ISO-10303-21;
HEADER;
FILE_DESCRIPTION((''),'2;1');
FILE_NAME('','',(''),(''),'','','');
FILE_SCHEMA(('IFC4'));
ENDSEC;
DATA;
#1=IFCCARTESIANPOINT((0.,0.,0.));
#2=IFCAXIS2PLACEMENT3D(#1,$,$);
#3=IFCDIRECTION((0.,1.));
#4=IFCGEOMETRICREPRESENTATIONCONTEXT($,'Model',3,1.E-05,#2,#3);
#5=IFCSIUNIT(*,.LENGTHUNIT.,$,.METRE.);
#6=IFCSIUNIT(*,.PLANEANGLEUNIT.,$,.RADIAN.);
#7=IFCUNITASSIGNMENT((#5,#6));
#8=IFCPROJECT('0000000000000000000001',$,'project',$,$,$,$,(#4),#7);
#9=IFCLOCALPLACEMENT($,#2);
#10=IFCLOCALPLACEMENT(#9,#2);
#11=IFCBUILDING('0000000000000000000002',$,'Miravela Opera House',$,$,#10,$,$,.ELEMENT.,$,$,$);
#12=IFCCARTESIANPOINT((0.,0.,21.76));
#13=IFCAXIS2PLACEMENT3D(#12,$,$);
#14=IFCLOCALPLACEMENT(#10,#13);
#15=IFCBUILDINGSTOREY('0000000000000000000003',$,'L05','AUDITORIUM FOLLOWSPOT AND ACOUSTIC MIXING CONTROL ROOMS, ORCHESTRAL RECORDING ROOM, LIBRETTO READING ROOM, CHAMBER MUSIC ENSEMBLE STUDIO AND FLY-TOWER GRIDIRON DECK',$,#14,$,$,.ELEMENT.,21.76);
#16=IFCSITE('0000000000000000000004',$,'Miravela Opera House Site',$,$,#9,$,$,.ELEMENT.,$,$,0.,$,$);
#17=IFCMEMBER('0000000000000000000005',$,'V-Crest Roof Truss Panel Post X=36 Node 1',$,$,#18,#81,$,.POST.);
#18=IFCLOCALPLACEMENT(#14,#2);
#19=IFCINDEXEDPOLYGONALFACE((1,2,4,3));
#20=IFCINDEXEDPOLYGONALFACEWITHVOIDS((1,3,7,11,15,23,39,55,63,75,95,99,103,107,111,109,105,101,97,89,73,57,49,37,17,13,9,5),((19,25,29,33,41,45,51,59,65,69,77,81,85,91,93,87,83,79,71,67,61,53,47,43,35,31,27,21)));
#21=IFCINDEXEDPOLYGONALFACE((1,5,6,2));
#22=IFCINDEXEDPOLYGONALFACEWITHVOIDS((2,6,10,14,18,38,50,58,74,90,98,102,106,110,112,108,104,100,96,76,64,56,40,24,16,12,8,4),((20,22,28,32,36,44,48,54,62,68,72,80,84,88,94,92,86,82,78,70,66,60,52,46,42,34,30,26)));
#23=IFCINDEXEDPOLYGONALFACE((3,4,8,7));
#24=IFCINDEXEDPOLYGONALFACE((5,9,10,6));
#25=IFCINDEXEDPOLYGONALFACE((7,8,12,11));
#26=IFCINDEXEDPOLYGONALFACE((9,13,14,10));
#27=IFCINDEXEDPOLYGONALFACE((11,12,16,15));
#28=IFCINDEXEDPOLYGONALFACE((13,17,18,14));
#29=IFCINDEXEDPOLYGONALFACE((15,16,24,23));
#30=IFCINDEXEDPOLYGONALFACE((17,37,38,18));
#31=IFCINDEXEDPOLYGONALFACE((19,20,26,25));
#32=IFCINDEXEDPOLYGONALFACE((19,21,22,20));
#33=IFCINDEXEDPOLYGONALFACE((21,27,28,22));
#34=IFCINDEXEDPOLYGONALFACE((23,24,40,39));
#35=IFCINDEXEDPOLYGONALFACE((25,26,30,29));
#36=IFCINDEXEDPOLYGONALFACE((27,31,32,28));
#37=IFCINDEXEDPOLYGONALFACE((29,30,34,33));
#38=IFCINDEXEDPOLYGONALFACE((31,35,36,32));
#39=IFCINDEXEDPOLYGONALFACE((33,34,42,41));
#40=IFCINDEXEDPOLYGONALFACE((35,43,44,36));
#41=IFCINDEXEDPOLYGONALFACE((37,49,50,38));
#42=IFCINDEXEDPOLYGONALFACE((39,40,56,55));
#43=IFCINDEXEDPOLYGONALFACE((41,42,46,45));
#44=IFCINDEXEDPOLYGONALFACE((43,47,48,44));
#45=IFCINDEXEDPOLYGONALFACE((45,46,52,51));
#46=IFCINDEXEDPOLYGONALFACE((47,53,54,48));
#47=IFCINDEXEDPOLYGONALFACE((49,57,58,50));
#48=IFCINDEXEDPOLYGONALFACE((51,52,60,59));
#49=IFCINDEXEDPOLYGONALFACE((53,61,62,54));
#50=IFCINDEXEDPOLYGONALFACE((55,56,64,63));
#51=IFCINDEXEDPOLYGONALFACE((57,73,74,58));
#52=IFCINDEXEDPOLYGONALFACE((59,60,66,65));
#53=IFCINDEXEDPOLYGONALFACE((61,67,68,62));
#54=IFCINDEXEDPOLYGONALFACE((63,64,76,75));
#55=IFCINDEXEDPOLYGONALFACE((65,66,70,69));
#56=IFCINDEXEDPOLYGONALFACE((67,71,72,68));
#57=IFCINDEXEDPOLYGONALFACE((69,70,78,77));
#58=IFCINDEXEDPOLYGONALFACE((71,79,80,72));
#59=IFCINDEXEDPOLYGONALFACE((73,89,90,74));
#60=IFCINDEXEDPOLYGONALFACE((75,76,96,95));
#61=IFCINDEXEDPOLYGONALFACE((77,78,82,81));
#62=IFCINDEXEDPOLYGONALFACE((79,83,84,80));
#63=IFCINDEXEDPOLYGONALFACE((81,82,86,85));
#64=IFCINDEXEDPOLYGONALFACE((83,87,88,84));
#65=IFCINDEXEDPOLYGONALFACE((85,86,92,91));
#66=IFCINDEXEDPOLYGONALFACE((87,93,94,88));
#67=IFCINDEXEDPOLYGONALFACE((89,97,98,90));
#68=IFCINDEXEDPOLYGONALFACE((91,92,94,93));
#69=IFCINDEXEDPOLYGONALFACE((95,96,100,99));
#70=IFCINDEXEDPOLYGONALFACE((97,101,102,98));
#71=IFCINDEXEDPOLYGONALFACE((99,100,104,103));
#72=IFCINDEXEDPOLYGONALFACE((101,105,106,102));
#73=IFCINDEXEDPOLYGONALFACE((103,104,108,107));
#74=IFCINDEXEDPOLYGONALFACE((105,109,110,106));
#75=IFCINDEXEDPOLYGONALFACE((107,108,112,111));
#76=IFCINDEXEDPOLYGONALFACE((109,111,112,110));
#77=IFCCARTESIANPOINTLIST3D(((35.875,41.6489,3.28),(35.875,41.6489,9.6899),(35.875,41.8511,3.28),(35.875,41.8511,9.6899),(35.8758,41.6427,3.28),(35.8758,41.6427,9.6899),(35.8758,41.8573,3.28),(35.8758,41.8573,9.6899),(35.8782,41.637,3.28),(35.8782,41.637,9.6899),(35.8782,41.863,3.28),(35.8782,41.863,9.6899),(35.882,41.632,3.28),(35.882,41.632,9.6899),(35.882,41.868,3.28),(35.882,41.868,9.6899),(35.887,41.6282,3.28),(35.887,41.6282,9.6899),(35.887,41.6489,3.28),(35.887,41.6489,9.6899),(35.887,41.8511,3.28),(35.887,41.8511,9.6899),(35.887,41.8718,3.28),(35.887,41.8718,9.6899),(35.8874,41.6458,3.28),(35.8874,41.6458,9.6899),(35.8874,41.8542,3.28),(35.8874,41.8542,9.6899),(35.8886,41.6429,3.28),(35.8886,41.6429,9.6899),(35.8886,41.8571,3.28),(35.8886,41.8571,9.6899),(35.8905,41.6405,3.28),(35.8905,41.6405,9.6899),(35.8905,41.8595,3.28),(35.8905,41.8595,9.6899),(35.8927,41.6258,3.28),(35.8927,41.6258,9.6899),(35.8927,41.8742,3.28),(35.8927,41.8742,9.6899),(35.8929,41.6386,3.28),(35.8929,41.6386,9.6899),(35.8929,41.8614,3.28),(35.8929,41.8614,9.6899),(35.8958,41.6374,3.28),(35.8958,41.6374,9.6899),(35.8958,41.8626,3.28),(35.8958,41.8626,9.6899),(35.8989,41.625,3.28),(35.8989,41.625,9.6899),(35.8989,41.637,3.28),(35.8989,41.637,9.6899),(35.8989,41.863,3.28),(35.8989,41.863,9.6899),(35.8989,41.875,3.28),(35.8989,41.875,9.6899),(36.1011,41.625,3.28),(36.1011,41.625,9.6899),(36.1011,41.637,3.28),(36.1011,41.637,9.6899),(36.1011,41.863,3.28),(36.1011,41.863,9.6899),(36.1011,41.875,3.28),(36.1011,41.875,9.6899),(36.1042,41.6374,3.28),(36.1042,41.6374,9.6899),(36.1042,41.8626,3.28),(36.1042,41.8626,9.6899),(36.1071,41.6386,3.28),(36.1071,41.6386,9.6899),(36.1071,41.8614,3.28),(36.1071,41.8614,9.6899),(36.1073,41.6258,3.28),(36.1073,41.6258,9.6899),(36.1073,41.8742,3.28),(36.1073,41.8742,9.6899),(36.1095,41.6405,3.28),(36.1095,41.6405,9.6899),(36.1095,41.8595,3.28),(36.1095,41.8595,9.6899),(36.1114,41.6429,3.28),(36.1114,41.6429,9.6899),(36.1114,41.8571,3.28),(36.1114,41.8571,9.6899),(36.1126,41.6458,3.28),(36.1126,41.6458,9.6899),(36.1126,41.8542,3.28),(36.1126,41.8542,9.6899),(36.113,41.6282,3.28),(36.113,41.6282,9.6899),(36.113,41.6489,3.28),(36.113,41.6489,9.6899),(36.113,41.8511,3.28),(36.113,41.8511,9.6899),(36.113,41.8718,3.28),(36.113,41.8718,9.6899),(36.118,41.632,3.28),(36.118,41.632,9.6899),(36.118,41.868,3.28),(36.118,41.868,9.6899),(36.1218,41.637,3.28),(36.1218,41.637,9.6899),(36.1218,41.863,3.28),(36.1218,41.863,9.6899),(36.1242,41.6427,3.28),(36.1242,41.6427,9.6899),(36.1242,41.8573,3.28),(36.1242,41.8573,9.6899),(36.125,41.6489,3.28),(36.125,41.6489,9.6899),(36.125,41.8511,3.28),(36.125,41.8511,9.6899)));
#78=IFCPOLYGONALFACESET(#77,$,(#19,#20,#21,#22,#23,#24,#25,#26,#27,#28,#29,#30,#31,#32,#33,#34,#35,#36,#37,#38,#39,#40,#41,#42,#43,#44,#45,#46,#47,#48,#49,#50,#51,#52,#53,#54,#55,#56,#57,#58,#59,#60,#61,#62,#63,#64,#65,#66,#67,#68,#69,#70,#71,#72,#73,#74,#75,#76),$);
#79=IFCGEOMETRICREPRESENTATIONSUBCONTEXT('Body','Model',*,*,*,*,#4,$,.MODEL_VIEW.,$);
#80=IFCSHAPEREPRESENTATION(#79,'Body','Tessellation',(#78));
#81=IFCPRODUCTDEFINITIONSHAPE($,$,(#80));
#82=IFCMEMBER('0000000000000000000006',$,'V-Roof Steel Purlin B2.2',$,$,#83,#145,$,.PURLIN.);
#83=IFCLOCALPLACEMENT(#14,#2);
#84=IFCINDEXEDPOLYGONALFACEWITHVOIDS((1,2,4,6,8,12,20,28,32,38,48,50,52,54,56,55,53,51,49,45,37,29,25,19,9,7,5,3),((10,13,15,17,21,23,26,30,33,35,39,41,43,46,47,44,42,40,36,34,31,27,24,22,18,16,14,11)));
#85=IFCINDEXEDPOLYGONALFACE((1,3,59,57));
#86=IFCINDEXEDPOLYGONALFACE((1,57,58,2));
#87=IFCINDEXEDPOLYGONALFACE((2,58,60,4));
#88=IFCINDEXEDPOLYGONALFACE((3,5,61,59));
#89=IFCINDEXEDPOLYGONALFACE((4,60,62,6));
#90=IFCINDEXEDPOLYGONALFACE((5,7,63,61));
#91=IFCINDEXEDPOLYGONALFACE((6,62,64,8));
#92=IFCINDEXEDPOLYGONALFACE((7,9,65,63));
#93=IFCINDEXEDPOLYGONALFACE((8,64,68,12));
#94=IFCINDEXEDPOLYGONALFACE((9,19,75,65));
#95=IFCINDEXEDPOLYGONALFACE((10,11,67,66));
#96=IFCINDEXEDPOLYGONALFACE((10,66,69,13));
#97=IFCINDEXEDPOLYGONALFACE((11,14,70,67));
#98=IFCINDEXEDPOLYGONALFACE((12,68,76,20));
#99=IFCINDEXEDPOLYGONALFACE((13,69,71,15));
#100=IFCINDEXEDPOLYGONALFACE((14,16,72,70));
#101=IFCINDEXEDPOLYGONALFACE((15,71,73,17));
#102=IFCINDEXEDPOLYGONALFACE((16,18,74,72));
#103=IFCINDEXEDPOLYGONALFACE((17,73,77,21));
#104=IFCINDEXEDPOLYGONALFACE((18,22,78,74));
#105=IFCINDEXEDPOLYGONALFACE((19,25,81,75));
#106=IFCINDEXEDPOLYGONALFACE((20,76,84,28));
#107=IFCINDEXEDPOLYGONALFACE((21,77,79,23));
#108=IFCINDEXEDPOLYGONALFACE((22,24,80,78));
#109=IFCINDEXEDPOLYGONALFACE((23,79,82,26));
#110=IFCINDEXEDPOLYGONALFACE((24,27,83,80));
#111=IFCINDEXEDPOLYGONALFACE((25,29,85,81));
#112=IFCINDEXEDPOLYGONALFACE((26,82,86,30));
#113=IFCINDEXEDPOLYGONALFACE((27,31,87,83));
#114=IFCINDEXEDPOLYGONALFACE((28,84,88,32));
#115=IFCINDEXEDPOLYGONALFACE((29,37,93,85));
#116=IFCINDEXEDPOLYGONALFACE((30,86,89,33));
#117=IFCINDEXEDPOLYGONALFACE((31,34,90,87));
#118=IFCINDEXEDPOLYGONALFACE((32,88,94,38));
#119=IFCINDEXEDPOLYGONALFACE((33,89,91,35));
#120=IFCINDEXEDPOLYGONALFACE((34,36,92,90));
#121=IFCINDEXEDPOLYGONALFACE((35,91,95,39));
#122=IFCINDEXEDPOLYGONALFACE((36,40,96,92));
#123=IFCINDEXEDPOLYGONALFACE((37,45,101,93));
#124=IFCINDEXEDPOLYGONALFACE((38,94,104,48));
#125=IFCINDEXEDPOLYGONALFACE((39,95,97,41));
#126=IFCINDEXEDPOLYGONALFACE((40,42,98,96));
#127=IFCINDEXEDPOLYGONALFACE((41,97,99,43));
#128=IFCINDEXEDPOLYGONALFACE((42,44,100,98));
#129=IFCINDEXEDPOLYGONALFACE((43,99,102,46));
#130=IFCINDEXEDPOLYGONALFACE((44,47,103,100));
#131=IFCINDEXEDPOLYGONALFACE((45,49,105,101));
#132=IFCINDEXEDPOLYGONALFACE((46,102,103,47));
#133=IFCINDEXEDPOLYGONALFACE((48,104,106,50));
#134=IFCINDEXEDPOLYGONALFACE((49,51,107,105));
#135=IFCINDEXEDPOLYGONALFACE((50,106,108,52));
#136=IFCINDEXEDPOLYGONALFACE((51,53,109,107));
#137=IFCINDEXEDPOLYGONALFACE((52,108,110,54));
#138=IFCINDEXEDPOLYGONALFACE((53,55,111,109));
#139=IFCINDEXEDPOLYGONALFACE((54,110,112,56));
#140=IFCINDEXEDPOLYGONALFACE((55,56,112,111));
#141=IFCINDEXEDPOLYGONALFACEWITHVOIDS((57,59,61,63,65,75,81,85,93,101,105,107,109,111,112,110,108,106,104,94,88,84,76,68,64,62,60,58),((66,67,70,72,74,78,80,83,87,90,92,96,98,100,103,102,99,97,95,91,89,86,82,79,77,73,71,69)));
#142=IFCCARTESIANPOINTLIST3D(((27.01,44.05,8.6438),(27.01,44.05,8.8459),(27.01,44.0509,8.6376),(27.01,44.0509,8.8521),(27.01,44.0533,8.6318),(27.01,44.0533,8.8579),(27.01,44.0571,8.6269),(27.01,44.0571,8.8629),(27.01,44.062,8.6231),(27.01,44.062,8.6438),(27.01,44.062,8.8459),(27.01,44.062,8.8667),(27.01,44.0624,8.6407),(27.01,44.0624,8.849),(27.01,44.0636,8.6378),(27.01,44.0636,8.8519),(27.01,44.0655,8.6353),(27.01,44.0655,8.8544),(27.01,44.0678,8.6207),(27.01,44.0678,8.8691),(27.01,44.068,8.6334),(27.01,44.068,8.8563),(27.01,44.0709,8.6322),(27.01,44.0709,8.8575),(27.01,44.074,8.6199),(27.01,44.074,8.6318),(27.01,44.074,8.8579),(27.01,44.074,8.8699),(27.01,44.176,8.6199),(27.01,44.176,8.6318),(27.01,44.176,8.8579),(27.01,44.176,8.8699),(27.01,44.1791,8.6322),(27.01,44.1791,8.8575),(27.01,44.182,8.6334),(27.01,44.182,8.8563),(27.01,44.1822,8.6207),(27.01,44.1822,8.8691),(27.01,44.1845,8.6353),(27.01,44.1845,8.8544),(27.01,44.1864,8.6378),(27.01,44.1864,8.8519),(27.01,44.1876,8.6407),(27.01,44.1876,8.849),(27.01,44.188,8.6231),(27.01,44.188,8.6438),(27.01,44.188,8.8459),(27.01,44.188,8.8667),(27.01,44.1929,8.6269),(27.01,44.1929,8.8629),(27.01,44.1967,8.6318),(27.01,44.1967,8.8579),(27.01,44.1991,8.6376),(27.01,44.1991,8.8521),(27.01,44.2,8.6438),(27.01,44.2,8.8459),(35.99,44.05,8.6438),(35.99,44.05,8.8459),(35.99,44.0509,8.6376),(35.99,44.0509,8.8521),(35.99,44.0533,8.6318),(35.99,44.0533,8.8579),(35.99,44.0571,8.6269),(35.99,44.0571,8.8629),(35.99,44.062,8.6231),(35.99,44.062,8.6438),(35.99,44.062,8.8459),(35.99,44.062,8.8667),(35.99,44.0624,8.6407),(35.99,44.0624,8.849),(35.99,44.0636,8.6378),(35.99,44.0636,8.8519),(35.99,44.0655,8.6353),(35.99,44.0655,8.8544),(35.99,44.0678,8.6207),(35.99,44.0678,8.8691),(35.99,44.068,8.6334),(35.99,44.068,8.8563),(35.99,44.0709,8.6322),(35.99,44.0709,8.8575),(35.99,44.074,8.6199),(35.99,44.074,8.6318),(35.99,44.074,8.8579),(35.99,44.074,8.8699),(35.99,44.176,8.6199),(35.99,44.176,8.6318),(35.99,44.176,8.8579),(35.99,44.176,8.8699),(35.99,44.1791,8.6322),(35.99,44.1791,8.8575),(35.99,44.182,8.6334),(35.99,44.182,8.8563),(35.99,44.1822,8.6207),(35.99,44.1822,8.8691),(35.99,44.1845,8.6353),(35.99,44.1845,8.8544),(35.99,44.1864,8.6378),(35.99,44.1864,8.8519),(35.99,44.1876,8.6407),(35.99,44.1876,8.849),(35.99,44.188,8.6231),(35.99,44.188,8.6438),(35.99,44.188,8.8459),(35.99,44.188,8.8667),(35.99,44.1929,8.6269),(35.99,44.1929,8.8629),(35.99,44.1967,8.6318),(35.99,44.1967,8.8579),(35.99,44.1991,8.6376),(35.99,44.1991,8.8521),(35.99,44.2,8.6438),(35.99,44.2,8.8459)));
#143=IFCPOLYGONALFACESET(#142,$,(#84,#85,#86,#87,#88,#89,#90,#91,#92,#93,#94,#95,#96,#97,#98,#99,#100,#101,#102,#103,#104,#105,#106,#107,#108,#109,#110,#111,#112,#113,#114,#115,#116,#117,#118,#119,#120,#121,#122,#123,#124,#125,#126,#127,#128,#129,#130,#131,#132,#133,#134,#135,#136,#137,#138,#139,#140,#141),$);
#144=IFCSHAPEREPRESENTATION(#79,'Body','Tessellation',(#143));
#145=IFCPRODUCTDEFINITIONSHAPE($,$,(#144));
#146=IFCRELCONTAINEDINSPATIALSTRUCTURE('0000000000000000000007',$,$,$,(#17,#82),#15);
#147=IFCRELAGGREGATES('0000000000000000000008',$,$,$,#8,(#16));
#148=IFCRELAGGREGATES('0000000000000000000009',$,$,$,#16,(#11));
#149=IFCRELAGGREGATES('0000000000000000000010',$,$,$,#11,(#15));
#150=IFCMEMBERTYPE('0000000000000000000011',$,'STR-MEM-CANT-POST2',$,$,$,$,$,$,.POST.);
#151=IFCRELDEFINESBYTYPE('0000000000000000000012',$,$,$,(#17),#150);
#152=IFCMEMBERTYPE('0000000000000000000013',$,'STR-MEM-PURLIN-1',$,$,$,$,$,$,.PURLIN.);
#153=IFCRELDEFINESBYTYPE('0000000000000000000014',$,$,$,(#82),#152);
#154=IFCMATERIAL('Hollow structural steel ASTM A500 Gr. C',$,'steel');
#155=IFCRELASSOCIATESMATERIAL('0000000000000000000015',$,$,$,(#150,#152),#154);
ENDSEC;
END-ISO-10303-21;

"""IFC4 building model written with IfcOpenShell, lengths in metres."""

from ifc_helpers import new_model, si_unit, direction, frame, origin, origin_2d, place, context, subcontext, project, spatial, hollow_rectangle, extrude, material, material_profile, profile_set, type_object, element, save


model = new_model("IFC4")

# Units and contexts
model_context = context("Model", 3, precision=1e-05, world=origin(), true_north=direction((0.0, 1.0)))
body_context = subcontext(model_context, "Body", "Model", "MODEL_VIEW")
ifc_project = project(units=[si_unit("LENGTHUNIT", "METRE"), si_unit("PLANEANGLEUNIT", "RADIAN")], contexts=[model_context])

# Site, building, storey
site_placement = place(None, origin())
site = spatial("IfcSite", under=ifc_project, at=site_placement, Name="Miravela Opera House Site", CompositionType="ELEMENT", RefElevation=0.0)
building_placement = place(site_placement, origin())
building = spatial("IfcBuilding", under=site, at=building_placement, Name="Miravela Opera House", CompositionType="ELEMENT")
storey_placement = place(building_placement, frame((0.0, 0.0, 21.76)))
storey = spatial("IfcBuildingStorey", under=building, at=storey_placement, Name="L05", Description="AUDITORIUM FOLLOWSPOT AND ACOUSTIC MIXING CONTROL ROOMS, ORCHESTRAL RECORDING ROOM, LIBRETTO READING ROOM, CHAMBER MUSIC ENSEMBLE STUDIO AND FLY-TOWER GRIDIRON DECK", CompositionType="ELEMENT", Elevation=21.76)

# Members
ifc_material_1 = material(Name="Hollow structural steel ASTM A500 Gr. C", Category="steel")
ifc_material_profile_1 = material_profile(ifc_material_1, hollow_rectangle(XDim=0.25, YDim=0.25, WallThickness=0.012, InnerFilletRadius=0.012, OuterFilletRadius=0.0239, at=origin_2d()), Name="HSS250X250X12")
ifc_profile_set_1 = profile_set([ifc_material_profile_1])
member_type_1 = type_object("IfcMemberType", Name="STR-MEM-CANT-POST2", PredefinedType="POST", material=ifc_profile_set_1)
member_1_placement = place(storey_placement, frame((36.0, 41.75, 3.28), z_axis=(0.0, 0.0, 1.0), x_axis=(1.0, 0.0, 0.0)))
element("IfcMember", 1, at=member_1_placement, inside=storey, type_object=member_type_1, Name="V-Crest Roof Truss Panel Post X=36 Node 1", PredefinedType="POST", context=body_context, shape_type="SweptSolid", body=[
    extrude(hollow_rectangle(XDim=0.25, YDim=0.25, WallThickness=0.012, InnerFilletRadius=0.012, OuterFilletRadius=0.0239, at=origin_2d()), origin(), (0.0, 0.0, 1.0), 6.4099),
])
ifc_material_profile_2 = material_profile(ifc_material_1, hollow_rectangle(XDim=0.1499, YDim=0.25, WallThickness=0.012, InnerFilletRadius=0.012, OuterFilletRadius=0.0239, at=origin_2d()), Name="HSS250X150X12")
ifc_profile_set_2 = profile_set([ifc_material_profile_2])
member_type_2 = type_object("IfcMemberType", Name="STR-MEM-PURLIN-1", PredefinedType="PURLIN", material=ifc_profile_set_2)
for number, where, z_axis, x_axis, name in (
    (2, (27.01, 44.125, 8.7449), (1.0, 0.0, 0.0), (0.0, 1.0, 0.0), "V-Roof Steel Purlin B2.2"),
):
    element("IfcMember", number, at=place(storey_placement, frame(where, z_axis=z_axis, x_axis=x_axis)), inside=storey, type_object=member_type_2, Name=name, PredefinedType="PURLIN", context=body_context, shape_type="SweptSolid", body=[
        extrude(hollow_rectangle(XDim=0.1499, YDim=0.25, WallThickness=0.012, InnerFilletRadius=0.012, OuterFilletRadius=0.0239, at=origin_2d()), origin(), (0.0, 0.0, 1.0), 8.98),
    ])

save(model, "model.ifc")
